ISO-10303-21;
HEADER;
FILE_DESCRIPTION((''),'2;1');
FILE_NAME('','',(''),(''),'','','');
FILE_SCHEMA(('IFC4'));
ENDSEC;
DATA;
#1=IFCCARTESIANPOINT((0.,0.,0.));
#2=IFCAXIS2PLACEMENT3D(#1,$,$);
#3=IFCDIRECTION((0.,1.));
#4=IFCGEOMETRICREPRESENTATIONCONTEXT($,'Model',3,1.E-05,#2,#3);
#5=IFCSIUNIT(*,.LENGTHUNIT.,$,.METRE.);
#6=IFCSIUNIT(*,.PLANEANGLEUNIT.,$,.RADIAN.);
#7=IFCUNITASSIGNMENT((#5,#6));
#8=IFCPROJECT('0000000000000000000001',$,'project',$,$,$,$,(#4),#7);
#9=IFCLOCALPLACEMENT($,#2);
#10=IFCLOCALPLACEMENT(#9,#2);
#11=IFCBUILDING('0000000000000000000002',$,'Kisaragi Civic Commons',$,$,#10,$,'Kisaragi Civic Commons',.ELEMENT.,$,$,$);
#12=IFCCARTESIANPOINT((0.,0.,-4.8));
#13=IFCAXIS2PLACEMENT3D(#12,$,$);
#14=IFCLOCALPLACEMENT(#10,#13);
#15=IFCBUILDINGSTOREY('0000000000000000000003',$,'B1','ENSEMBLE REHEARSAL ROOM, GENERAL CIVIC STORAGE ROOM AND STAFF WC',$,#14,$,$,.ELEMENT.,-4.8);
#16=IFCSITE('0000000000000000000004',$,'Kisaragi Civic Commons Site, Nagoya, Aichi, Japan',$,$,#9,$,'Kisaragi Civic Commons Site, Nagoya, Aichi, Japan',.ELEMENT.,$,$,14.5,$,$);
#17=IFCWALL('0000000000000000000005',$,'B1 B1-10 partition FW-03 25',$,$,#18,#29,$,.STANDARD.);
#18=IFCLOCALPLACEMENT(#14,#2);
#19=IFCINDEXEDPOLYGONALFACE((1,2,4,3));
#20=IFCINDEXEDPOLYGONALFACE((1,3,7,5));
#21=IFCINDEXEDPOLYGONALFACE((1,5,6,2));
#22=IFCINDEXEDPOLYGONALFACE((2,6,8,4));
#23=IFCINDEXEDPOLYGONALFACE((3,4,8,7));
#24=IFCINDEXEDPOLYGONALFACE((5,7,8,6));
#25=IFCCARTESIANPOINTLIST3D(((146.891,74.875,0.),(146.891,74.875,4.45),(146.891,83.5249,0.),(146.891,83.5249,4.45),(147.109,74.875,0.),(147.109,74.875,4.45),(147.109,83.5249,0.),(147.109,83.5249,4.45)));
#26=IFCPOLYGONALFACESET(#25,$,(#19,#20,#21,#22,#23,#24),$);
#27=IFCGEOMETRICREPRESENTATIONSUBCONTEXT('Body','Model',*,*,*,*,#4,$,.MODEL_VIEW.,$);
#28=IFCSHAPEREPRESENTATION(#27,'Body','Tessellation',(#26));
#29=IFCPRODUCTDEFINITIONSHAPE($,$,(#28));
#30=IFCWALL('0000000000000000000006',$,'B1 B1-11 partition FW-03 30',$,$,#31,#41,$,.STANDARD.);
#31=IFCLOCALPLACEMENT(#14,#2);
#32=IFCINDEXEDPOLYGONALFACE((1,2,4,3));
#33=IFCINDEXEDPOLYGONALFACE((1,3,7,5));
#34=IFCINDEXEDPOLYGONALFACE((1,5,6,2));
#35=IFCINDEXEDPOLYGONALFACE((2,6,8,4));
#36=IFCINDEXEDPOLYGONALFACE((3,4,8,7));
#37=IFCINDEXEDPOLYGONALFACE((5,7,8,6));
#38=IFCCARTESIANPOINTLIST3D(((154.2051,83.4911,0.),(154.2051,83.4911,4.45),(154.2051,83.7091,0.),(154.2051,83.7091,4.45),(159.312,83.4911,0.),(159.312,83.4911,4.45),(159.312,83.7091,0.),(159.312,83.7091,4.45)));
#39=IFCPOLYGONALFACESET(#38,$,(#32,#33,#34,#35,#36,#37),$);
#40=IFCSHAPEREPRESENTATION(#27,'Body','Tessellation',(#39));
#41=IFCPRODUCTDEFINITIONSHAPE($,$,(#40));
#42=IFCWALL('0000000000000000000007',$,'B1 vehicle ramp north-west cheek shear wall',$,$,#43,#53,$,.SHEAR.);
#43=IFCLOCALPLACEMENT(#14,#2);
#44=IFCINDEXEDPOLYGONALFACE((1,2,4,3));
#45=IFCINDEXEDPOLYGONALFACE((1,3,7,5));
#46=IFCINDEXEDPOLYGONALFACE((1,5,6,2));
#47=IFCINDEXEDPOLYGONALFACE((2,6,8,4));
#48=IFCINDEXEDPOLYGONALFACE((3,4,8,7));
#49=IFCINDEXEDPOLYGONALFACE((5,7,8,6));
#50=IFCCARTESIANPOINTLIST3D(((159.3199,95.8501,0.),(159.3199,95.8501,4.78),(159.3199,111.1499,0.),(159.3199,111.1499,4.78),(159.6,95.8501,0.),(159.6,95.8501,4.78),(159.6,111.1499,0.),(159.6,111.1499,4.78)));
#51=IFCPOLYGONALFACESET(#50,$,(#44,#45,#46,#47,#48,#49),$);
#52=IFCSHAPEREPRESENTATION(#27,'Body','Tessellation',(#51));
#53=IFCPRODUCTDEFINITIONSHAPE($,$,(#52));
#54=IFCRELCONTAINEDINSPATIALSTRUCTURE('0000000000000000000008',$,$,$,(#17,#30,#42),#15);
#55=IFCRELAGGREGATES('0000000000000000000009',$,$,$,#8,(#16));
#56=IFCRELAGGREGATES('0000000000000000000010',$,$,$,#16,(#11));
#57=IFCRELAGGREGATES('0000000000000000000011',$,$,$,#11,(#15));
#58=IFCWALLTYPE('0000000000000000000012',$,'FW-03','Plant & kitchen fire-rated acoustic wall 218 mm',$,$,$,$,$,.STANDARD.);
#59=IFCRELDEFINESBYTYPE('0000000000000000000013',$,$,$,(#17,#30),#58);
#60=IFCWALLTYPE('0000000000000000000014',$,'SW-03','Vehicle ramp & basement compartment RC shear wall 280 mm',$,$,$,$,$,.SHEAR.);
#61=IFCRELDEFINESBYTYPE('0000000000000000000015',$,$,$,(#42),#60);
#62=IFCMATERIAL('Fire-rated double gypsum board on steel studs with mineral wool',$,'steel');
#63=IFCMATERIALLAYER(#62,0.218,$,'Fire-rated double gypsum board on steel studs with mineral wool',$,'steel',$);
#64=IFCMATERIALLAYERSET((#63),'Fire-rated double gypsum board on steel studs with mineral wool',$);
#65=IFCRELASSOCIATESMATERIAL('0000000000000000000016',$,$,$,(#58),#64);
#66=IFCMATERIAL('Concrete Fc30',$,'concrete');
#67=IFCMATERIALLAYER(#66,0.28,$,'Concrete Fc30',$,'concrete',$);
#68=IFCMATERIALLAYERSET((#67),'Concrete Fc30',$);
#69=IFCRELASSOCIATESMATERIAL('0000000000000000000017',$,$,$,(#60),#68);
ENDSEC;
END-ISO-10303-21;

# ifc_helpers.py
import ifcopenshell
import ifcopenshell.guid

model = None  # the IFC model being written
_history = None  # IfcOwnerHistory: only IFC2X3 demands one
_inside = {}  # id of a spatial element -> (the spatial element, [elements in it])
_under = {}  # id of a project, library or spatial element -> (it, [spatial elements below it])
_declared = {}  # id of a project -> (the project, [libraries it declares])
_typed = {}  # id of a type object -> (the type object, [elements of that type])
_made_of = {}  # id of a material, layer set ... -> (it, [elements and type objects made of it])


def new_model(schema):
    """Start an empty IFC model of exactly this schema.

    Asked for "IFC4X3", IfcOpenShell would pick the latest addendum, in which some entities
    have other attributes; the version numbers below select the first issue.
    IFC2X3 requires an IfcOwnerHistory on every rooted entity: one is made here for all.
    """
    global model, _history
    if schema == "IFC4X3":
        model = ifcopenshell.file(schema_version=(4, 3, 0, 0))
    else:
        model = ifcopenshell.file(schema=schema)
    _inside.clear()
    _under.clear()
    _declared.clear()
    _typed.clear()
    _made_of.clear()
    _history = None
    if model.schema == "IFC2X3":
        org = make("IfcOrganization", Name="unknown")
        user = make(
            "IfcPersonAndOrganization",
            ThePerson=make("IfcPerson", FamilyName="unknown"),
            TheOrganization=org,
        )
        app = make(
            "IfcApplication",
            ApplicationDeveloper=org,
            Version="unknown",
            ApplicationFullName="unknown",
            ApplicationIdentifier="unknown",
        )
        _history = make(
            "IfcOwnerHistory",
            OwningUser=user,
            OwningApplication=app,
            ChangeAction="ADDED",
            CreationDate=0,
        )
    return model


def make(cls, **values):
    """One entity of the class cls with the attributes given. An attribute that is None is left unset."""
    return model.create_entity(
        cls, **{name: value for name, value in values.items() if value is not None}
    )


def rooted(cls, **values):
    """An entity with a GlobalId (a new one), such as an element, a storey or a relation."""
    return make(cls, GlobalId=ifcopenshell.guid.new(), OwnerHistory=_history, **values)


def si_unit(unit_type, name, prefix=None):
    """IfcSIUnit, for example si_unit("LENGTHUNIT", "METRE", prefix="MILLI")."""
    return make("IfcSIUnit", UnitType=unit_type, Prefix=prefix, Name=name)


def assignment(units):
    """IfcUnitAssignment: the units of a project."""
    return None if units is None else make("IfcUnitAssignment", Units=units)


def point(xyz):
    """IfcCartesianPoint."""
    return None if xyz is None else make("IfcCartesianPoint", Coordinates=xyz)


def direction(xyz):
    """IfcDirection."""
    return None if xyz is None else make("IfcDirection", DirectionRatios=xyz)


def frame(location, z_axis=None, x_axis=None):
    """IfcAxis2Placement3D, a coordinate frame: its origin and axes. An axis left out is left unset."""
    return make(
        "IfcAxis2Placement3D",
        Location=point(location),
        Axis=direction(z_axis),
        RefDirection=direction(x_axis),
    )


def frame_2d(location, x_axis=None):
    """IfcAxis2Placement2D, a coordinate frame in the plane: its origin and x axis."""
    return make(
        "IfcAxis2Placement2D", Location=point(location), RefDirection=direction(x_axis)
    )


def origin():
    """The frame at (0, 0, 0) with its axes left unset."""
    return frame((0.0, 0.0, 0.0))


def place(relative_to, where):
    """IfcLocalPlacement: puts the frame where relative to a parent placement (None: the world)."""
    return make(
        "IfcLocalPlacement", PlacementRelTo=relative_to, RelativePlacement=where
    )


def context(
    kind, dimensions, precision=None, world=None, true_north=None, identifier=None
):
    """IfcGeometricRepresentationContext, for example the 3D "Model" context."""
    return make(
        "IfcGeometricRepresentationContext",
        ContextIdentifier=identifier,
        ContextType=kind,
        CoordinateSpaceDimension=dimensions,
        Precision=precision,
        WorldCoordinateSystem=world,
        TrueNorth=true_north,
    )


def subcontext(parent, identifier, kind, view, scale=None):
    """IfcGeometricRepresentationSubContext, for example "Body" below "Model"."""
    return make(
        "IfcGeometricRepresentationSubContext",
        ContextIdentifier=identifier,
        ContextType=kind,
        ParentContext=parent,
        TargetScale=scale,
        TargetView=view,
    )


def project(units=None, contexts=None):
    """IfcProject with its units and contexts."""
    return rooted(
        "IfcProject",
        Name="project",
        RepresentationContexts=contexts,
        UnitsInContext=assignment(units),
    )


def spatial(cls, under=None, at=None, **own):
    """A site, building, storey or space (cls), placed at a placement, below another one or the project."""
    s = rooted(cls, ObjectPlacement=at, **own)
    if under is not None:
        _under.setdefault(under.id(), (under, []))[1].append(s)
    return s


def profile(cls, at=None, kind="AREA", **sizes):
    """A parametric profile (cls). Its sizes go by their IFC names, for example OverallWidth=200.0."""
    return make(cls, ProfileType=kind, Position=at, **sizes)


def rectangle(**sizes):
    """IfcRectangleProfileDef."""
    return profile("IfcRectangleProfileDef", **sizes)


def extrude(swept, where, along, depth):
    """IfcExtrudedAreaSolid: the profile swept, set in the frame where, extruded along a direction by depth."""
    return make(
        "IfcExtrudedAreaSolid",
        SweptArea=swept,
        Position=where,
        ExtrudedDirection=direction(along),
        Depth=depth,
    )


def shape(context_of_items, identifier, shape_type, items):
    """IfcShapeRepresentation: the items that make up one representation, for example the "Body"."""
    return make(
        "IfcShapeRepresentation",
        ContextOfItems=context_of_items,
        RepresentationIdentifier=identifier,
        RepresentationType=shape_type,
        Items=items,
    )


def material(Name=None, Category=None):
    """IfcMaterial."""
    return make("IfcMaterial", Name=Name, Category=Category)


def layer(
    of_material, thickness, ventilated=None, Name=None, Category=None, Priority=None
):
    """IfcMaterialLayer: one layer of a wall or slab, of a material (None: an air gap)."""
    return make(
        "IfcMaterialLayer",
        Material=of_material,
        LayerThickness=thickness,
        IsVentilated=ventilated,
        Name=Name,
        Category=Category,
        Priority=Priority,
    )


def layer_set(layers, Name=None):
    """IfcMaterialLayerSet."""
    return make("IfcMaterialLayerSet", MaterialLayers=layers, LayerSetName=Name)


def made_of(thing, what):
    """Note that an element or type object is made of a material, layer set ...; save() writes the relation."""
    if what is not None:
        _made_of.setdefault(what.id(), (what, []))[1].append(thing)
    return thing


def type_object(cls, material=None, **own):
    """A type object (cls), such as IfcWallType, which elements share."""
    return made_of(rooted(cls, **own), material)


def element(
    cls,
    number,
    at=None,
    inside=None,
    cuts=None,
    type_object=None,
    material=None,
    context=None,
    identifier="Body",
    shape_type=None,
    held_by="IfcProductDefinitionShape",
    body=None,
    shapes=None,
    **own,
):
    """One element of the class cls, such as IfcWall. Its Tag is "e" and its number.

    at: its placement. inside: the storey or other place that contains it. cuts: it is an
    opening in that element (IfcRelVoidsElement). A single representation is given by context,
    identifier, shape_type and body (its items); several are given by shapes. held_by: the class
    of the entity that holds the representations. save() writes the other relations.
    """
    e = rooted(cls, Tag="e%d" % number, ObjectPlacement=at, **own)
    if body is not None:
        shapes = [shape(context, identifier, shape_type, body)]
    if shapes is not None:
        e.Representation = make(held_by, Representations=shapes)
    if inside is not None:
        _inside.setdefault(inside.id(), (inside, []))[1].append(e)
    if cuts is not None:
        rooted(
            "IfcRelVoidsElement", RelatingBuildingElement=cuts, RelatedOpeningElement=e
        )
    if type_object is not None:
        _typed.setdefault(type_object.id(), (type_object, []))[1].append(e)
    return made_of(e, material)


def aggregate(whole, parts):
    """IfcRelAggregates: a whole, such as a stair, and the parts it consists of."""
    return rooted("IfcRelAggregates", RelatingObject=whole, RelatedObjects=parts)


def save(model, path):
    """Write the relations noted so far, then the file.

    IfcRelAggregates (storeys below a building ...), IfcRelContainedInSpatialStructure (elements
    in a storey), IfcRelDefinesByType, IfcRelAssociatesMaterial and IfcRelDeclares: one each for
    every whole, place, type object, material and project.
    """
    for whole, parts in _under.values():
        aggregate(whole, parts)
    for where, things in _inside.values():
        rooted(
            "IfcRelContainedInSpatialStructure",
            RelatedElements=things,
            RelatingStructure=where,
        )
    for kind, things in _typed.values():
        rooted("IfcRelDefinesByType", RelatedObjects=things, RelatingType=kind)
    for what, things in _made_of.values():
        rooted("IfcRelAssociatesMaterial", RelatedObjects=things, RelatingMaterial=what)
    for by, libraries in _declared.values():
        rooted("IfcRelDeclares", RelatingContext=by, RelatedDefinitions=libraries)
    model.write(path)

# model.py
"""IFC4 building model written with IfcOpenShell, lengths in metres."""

from ifc_helpers import new_model, si_unit, direction, frame, frame_2d, origin, place, context, subcontext, project, spatial, rectangle, extrude, material, layer, layer_set, type_object, element, save


model = new_model("IFC4")

# Units and contexts
model_context = context("Model", 3, precision=1e-05, world=origin(), true_north=direction((0.0, 1.0)))
body_context = subcontext(model_context, "Body", "Model", "MODEL_VIEW")
ifc_project = project(units=[si_unit("LENGTHUNIT", "METRE"), si_unit("PLANEANGLEUNIT", "RADIAN")], contexts=[model_context])

# Site, building, storey
site_placement = place(None, origin())
site = spatial("IfcSite", under=ifc_project, at=site_placement, Name="Kisaragi Civic Commons Site, Nagoya, Aichi, Japan", LongName="Kisaragi Civic Commons Site, Nagoya, Aichi, Japan", CompositionType="ELEMENT", RefElevation=14.5)
building_placement = place(site_placement, origin())
building = spatial("IfcBuilding", under=site, at=building_placement, Name="Kisaragi Civic Commons", LongName="Kisaragi Civic Commons", CompositionType="ELEMENT")
storey_placement = place(building_placement, frame((0.0, 0.0, -4.8)))
storey = spatial("IfcBuildingStorey", under=building, at=storey_placement, Name="B1", Description="ENSEMBLE REHEARSAL ROOM, GENERAL CIVIC STORAGE ROOM AND STAFF WC", CompositionType="ELEMENT", Elevation=-4.8)

# Shared definitions
ifc_material_1 = material(Name="Concrete Fc30", Category="concrete")

# Walls
ifc_material_2 = material(Name="Fire-rated double gypsum board on steel studs with mineral wool", Category="steel")
ifc_layer_1 = layer(ifc_material_2, 0.218, Name="Fire-rated double gypsum board on steel studs with mineral wool", Category="steel")
ifc_layer_set_1 = layer_set([ifc_layer_1], Name="Fire-rated double gypsum board on steel studs with mineral wool")
wall_type_1 = type_object("IfcWallType", Name="FW-03", Description="Plant & kitchen fire-rated acoustic wall 218 mm", PredefinedType="STANDARD", material=ifc_layer_set_1)
wall_1_placement = place(storey_placement, frame((147.0, 83.5249, 0.0), z_axis=(0.0, 0.0, 1.0), x_axis=(0.0, -1.0, 0.0)))
element("IfcWall", 1, at=wall_1_placement, inside=storey, type_object=wall_type_1, Name="B1 B1-10 partition FW-03 25", PredefinedType="STANDARD", context=body_context, shape_type="SweptSolid", body=[
    extrude(rectangle(XDim=8.6499, YDim=0.218, at=frame_2d((4.325, 0.0))), origin(), (0.0, 0.0, 1.0), 4.45),
])
wall_2_placement = place(storey_placement, frame((154.2051, 83.6001, 0.0), z_axis=(0.0, 0.0, 1.0), x_axis=(1.0, 0.0, 0.0)))
element("IfcWall", 2, at=wall_2_placement, inside=storey, type_object=wall_type_1, Name="B1 B1-11 partition FW-03 30", PredefinedType="STANDARD", context=body_context, shape_type="SweptSolid", body=[
    extrude(rectangle(XDim=5.1069, YDim=0.218, at=frame_2d((2.5535, 0.0))), origin(), (0.0, 0.0, 1.0), 4.45),
])
ifc_layer_2 = layer(ifc_material_1, 0.28, Name="Concrete Fc30", Category="concrete")
ifc_layer_set_2 = layer_set([ifc_layer_2], Name="Concrete Fc30")
wall_type_2 = type_object("IfcWallType", Name="SW-03", Description="Vehicle ramp & basement compartment RC shear wall 280 mm", PredefinedType="SHEAR", material=ifc_layer_set_2)
wall_3_placement = place(storey_placement, frame((159.46, 95.8501, 0.0), z_axis=(0.0, 0.0, 1.0), x_axis=(0.0, 1.0, 0.0)))
element("IfcWall", 3, at=wall_3_placement, inside=storey, type_object=wall_type_2, Name="B1 vehicle ramp north-west cheek shear wall", PredefinedType="SHEAR", context=body_context, shape_type="SweptSolid", body=[
    extrude(rectangle(XDim=15.2998, YDim=0.28, at=frame_2d((7.6499, 0.0))), origin(), (0.0, 0.0, 1.0), 4.78),
])

save(model, "model.ifc")
